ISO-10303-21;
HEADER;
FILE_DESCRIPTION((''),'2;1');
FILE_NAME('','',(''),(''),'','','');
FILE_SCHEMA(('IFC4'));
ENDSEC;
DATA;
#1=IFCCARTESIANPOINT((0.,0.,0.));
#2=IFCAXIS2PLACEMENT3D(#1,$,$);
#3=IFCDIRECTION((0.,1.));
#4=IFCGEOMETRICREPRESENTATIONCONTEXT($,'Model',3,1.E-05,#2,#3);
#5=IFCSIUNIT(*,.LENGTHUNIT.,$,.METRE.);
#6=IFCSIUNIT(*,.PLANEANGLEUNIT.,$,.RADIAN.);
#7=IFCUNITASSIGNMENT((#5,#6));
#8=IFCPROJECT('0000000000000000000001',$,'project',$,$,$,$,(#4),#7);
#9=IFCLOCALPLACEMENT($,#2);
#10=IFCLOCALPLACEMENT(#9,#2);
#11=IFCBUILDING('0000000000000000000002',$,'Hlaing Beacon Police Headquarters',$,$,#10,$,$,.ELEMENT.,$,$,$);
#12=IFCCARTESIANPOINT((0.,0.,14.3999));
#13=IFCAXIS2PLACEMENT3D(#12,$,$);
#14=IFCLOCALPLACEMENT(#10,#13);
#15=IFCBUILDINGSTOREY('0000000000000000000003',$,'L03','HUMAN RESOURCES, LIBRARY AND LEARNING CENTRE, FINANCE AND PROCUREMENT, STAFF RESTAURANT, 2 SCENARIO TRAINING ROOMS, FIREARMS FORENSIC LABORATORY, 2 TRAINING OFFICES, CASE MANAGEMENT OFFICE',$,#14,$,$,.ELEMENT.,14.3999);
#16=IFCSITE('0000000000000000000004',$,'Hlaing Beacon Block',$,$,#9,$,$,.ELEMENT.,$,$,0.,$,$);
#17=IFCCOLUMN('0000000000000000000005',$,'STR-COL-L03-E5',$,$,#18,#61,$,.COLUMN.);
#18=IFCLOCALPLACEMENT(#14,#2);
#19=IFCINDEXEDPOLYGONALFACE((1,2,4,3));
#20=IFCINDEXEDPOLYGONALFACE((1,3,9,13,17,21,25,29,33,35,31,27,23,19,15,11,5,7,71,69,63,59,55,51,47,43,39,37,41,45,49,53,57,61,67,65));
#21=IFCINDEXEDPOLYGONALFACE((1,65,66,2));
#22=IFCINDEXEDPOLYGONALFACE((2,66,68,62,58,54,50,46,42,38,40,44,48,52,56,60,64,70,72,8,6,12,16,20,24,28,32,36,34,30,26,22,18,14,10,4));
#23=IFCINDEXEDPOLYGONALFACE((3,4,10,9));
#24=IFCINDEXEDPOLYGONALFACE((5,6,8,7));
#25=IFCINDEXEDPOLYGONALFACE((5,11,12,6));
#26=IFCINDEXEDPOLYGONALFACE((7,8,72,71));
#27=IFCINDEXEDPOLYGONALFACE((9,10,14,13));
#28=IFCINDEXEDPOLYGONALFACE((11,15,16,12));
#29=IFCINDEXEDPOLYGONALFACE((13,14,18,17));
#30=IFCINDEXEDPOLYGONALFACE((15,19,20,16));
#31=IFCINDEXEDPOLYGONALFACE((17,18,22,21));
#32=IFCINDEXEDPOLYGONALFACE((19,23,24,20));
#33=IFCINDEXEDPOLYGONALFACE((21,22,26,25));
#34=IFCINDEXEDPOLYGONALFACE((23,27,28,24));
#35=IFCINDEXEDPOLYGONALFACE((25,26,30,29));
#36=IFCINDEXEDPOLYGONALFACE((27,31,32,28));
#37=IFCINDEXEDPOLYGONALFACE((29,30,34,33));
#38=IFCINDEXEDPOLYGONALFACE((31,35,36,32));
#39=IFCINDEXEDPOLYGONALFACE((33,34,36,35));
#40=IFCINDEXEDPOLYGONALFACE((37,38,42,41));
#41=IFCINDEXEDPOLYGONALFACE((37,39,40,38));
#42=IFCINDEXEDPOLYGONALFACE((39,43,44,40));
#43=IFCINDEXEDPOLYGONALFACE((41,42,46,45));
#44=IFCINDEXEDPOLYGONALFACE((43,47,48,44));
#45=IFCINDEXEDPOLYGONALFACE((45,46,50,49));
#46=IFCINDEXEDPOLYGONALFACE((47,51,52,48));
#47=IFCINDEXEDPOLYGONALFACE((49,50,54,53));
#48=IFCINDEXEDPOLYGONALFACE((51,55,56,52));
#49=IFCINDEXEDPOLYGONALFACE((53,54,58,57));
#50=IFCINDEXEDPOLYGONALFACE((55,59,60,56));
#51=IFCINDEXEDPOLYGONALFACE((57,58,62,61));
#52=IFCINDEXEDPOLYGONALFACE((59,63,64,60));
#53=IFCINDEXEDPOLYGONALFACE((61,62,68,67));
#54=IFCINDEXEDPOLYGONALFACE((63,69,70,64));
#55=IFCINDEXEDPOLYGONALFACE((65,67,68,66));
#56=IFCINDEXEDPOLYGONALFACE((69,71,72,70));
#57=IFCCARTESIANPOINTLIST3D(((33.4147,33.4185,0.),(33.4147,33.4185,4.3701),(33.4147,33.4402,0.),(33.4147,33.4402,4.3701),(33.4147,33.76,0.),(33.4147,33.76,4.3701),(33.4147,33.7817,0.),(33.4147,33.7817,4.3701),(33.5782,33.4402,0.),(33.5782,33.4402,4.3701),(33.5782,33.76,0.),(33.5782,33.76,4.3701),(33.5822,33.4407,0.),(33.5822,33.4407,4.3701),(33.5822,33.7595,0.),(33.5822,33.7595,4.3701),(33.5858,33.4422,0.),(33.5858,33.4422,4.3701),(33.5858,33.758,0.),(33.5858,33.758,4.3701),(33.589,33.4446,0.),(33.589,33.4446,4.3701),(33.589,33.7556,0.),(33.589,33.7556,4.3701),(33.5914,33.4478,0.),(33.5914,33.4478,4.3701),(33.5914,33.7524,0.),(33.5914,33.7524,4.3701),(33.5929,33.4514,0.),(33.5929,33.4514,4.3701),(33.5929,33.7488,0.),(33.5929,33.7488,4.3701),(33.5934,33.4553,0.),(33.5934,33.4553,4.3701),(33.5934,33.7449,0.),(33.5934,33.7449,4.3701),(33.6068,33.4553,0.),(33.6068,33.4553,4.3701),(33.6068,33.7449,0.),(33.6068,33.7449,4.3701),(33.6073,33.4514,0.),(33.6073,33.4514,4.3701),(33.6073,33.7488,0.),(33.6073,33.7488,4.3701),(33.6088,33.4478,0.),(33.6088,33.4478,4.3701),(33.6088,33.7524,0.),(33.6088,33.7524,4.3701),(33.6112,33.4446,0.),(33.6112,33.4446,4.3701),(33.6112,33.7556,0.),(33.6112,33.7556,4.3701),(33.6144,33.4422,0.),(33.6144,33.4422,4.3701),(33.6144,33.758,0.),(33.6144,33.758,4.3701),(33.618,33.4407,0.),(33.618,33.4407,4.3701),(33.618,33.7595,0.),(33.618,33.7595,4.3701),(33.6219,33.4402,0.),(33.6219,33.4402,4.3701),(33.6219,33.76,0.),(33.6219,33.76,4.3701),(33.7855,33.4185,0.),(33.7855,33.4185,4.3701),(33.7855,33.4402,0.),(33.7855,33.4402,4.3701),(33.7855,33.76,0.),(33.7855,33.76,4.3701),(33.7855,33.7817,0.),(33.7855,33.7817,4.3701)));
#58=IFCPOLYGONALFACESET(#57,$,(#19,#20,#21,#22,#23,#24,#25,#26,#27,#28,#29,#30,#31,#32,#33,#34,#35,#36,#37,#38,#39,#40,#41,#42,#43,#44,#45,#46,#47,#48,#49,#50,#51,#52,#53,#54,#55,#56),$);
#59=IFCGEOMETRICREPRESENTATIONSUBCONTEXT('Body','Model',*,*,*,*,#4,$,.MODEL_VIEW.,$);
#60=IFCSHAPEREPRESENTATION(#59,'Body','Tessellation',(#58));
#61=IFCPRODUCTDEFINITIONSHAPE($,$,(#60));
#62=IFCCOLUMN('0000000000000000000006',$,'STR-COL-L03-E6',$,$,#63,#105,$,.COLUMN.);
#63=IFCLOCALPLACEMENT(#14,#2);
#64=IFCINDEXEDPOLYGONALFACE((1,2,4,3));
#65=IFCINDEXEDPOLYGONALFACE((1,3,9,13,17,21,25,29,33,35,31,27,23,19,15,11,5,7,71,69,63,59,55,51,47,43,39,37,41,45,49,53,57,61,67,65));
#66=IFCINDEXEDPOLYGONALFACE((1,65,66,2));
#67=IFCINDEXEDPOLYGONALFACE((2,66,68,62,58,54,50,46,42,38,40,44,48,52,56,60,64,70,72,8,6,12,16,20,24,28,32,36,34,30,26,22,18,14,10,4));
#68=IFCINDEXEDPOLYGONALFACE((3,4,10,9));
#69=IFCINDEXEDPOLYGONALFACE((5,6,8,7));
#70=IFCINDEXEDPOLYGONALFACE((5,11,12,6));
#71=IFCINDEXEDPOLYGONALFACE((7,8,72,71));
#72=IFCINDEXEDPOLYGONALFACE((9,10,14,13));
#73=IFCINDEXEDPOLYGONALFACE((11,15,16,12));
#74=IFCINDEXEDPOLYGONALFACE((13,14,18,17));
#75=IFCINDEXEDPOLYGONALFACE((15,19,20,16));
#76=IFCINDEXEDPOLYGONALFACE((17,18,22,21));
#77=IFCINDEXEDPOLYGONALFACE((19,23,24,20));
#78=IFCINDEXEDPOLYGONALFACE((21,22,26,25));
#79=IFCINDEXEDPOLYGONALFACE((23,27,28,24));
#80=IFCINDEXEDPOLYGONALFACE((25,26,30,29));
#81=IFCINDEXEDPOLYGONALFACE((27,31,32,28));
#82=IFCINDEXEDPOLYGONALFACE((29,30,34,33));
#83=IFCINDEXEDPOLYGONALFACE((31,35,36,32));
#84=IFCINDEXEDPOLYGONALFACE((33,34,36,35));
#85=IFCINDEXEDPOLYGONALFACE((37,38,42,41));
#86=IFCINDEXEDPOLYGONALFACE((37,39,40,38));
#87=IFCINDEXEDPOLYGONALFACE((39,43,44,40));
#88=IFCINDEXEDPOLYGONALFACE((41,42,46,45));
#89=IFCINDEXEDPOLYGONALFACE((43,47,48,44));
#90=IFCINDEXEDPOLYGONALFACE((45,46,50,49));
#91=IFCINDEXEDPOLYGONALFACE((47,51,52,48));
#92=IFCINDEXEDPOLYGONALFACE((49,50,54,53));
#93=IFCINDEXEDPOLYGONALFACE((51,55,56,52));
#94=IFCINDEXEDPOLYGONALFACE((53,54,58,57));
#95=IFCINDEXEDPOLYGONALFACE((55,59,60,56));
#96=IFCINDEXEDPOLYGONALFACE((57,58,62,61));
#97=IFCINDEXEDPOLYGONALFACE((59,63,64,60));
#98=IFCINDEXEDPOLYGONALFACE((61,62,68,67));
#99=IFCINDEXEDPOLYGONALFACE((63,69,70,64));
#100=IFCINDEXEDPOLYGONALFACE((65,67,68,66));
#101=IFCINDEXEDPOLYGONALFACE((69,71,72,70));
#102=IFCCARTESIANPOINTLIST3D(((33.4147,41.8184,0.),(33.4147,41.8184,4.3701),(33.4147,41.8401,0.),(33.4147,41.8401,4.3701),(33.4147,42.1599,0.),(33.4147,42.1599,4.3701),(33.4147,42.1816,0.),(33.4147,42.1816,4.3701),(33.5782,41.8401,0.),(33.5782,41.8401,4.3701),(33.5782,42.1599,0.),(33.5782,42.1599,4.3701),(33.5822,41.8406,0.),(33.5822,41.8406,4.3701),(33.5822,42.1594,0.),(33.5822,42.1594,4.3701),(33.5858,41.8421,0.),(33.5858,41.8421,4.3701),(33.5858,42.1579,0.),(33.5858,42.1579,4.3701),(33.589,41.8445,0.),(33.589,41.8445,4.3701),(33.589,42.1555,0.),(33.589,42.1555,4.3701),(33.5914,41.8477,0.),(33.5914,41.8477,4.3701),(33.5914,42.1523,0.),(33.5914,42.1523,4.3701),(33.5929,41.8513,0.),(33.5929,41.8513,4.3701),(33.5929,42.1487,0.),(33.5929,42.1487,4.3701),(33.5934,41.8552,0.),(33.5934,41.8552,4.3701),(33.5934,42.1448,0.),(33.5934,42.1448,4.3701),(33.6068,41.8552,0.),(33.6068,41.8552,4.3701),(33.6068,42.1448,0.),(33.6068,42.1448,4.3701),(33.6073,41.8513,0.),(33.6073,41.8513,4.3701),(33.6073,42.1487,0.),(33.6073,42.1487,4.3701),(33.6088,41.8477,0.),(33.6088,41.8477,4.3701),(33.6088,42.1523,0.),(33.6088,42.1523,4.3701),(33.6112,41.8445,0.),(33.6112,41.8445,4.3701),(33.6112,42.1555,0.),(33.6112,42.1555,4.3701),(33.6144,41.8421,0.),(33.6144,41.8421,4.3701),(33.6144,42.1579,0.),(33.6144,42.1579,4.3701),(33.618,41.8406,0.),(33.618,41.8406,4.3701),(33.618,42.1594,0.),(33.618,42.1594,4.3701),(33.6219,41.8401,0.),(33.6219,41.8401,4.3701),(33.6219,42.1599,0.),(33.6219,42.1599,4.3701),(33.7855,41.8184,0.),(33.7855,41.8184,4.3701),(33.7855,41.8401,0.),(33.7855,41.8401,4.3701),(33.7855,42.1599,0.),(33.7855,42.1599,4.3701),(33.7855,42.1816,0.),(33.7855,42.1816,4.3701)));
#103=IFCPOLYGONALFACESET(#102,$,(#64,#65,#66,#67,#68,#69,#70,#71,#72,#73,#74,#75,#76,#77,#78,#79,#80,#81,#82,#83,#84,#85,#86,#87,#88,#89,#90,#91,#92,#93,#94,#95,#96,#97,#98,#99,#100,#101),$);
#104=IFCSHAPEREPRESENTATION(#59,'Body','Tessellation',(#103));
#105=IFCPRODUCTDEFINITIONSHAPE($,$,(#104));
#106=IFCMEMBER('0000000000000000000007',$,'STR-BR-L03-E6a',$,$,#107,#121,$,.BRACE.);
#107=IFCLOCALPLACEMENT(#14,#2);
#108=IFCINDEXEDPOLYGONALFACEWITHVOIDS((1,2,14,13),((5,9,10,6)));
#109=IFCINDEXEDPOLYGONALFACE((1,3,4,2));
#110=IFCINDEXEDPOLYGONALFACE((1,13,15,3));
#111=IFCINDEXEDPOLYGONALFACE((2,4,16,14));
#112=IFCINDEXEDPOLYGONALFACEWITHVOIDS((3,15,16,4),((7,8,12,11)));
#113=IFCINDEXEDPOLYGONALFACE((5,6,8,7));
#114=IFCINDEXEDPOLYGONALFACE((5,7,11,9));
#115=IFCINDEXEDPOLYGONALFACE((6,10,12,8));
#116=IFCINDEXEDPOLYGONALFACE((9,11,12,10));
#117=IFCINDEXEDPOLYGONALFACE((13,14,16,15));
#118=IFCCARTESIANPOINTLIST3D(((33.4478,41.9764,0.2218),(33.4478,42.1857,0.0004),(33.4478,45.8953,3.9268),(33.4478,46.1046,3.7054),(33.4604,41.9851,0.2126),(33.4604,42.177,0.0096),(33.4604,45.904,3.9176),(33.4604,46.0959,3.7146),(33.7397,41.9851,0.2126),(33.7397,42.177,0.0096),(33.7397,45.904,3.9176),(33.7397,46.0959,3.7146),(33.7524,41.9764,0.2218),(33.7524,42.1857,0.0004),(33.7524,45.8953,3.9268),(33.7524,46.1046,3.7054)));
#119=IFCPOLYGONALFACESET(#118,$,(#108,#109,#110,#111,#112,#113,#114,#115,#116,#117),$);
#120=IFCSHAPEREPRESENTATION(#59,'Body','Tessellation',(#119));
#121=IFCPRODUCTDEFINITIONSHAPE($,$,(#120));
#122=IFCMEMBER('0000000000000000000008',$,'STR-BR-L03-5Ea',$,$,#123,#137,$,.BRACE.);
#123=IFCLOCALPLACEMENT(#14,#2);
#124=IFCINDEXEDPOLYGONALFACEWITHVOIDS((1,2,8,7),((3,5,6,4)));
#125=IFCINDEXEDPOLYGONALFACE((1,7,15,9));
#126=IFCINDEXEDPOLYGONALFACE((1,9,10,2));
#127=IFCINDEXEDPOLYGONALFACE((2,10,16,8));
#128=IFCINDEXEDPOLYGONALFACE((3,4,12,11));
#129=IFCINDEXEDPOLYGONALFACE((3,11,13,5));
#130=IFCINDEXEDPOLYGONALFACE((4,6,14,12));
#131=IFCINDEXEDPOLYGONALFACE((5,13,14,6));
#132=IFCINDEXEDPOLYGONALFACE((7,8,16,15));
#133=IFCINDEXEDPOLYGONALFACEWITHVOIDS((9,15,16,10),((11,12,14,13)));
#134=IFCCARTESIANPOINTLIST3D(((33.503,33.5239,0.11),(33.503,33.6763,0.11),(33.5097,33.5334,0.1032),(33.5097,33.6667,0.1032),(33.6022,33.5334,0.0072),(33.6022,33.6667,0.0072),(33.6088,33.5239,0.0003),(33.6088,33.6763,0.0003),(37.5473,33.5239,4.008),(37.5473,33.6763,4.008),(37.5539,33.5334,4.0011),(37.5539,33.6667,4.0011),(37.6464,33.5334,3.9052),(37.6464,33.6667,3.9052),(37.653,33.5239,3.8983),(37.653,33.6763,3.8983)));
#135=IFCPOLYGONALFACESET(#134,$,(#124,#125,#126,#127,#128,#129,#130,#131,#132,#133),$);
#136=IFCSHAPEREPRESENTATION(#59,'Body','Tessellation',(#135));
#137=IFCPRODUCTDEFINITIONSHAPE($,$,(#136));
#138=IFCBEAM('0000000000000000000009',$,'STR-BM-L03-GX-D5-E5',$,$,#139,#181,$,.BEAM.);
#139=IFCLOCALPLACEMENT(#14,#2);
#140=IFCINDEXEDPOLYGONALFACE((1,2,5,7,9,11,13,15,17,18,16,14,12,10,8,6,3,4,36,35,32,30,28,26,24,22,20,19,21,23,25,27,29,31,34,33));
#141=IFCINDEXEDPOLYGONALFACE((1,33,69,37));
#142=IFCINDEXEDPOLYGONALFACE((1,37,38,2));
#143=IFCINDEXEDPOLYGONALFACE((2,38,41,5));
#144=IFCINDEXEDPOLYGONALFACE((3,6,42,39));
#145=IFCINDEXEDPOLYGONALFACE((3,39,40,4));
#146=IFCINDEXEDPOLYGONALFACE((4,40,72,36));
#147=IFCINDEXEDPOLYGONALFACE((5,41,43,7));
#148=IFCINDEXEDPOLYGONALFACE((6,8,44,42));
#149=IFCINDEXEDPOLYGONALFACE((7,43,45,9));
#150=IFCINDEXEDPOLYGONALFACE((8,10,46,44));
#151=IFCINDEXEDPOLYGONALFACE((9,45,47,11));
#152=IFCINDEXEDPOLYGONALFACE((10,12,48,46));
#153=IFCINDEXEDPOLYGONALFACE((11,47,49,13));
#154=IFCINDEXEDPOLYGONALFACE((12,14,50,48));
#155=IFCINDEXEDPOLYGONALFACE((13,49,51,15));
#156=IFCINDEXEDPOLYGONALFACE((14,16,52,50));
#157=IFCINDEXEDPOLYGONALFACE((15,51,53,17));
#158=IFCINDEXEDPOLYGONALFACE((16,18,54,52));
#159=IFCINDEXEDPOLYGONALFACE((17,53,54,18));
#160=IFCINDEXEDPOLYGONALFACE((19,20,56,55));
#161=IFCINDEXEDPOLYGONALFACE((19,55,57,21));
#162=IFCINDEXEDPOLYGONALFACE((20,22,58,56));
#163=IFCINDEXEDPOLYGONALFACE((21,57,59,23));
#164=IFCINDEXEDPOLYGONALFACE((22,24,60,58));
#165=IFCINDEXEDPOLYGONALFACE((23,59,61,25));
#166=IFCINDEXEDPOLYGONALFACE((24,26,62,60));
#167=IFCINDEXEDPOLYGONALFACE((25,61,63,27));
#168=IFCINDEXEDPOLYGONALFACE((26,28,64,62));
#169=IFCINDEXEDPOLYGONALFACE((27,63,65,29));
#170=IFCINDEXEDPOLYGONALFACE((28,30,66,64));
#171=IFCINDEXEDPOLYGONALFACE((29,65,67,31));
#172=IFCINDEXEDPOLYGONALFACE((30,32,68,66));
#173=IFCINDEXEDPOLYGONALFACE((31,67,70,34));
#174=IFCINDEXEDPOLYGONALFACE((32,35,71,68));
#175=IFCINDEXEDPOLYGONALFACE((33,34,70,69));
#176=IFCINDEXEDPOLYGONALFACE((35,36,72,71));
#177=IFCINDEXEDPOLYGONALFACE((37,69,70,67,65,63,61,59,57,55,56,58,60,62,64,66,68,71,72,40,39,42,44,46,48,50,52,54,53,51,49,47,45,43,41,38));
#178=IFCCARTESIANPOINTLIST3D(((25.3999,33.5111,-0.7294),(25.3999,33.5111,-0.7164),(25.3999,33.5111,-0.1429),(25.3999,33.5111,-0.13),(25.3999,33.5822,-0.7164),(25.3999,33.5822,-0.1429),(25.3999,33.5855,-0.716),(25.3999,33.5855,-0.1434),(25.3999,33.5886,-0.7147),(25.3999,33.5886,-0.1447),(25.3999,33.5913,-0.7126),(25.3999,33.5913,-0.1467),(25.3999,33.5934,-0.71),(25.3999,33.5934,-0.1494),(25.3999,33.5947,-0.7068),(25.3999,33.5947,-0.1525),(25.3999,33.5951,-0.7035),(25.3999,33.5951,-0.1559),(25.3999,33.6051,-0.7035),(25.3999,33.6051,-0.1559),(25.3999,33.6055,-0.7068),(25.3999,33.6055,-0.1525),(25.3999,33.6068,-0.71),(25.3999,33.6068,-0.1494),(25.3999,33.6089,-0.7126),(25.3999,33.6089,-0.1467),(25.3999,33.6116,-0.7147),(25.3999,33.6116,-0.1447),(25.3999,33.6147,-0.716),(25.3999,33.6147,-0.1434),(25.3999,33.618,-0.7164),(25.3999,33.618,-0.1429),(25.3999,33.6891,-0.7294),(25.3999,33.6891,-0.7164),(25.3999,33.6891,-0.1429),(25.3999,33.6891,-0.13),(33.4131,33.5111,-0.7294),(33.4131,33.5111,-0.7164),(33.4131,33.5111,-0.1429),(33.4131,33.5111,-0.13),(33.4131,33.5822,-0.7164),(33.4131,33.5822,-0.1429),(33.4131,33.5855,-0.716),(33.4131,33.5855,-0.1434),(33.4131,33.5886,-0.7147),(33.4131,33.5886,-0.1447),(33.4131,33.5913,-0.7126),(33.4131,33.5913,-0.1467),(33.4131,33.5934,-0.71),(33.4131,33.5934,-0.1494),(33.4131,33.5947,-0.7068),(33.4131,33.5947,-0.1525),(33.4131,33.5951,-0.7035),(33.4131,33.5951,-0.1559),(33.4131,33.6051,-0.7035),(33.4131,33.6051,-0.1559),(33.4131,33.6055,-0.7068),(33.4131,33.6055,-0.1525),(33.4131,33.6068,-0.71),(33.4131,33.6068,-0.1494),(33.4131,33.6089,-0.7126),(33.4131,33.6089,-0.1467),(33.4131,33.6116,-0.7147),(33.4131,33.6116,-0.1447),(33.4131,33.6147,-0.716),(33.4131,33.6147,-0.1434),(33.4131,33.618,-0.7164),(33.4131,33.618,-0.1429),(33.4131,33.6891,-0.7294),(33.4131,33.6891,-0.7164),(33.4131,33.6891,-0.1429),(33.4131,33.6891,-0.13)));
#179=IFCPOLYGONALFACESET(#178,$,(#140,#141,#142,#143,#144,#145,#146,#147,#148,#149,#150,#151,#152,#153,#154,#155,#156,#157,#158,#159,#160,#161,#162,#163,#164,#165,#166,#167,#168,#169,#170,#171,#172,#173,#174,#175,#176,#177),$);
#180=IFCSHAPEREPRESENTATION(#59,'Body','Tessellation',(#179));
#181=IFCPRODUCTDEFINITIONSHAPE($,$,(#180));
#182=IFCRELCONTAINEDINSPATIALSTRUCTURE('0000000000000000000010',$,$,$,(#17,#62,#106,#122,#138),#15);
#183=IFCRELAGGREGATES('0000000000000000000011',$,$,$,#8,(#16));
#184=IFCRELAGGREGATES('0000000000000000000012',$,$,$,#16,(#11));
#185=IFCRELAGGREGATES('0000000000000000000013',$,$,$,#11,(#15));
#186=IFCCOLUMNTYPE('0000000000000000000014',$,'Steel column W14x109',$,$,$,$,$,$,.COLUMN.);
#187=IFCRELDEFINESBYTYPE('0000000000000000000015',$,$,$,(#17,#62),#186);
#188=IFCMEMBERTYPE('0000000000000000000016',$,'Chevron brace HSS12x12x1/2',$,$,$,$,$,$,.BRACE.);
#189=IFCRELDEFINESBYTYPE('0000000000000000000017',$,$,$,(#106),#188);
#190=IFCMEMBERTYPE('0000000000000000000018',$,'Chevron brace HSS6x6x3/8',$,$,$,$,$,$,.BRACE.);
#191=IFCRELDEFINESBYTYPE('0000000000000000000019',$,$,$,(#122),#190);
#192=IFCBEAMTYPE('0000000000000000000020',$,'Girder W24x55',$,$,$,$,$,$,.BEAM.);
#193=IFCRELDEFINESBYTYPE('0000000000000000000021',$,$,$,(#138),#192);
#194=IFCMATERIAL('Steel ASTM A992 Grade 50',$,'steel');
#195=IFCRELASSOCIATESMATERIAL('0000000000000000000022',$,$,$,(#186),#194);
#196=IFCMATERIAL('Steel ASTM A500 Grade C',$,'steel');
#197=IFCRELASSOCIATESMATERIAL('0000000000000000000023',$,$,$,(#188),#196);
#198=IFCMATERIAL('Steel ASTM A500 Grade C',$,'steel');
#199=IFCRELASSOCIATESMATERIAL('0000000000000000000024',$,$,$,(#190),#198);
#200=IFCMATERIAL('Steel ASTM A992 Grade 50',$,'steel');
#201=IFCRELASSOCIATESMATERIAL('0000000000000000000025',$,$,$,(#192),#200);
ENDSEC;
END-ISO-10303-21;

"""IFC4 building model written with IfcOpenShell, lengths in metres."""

from ifc_helpers import new_model, si_unit, direction, frame, origin, origin_2d, place, context, subcontext, project, spatial, hollow_rectangle, i_section, extrude, material, material_profile, profile_set, type_object, element, save


model = new_model("IFC4")

# Units and contexts
model_context = context("Model", 3, precision=1e-05, world=origin(), true_north=direction((0.0, 1.0)))
body_context = subcontext(model_context, "Body", "Model", "MODEL_VIEW")
ifc_project = project(units=[si_unit("LENGTHUNIT", "METRE"), si_unit("PLANEANGLEUNIT", "RADIAN")], contexts=[model_context])

# Site, building, storey
site_placement = place(None, origin())
site = spatial("IfcSite", under=ifc_project, at=site_placement, Name="Hlaing Beacon Block", CompositionType="ELEMENT", RefElevation=0.0)
building_placement = place(site_placement, origin())
building = spatial("IfcBuilding", under=site, at=building_placement, Name="Hlaing Beacon Police Headquarters", CompositionType="ELEMENT")
storey_placement = place(building_placement, frame((0.0, 0.0, 14.3999)))
storey = spatial("IfcBuildingStorey", under=building, at=storey_placement, Name="L03", Description="HUMAN RESOURCES, LIBRARY AND LEARNING CENTRE, FINANCE AND PROCUREMENT, STAFF RESTAURANT, 2 SCENARIO TRAINING ROOMS, FIREARMS FORENSIC LABORATORY, 2 TRAINING OFFICES, CASE MANAGEMENT OFFICE", CompositionType="ELEMENT", Elevation=14.3999)

# Columns
ifc_material_1 = material(Name="Steel ASTM A992 Grade 50", Category="steel")
ifc_material_profile_1 = material_profile(ifc_material_1, i_section(OverallWidth=0.3708, OverallDepth=0.3633, WebThickness=0.0134, FlangeThickness=0.0217, FilletRadius=0.0151, at=origin_2d()), Name="W14x109")
ifc_profile_set_1 = profile_set([ifc_material_profile_1], Name="Steel ASTM A992 Grade 50")
column_type = type_object("IfcColumnType", Name="Steel column W14x109", PredefinedType="COLUMN", material=ifc_profile_set_1)
for number, where, z_axis, x_axis, name in (
    (1, (33.6001, 33.6001, 0.0), (0.0, 0.0, 1.0), (1.0, 0.0, 0.0), "STR-COL-L03-E5"),
    (2, (33.6001, 42.0, 0.0), (0.0, 0.0, 1.0), (1.0, 0.0, 0.0), "STR-COL-L03-E6"),
):
    element("IfcColumn", number, at=place(storey_placement, frame(where, z_axis=z_axis, x_axis=x_axis)), inside=storey, type_object=column_type, Name=name, PredefinedType="COLUMN", context=body_context, shape_type="SweptSolid", body=[
        extrude(i_section(OverallWidth=0.3708, OverallDepth=0.3633, WebThickness=0.0134, FlangeThickness=0.0217, FilletRadius=0.0151, at=origin_2d()), origin(), (0.0, 0.0, 1.0), 4.3701),
    ])

# Members
ifc_material_2 = material(Name="Steel ASTM A500 Grade C", Category="steel")
ifc_material_profile_2 = material_profile(ifc_material_2, hollow_rectangle(XDim=0.3047, YDim=0.3047, WallThickness=0.0127, at=origin_2d()), Name="HSS12x12x1/2")
ifc_profile_set_2 = profile_set([ifc_material_profile_2], Name="Steel ASTM A500 Grade C")
member_type_1 = type_object("IfcMemberType", Name="Chevron brace HSS12x12x1/2", PredefinedType="BRACE", material=ifc_profile_set_2)
member_1_placement = place(storey_placement, frame((33.6001, 42.0811, 0.1111), z_axis=(0.0, 0.726657, 0.687001), x_axis=(-1.0, 0.0, 0.0)))
element("IfcMember", 3, at=member_1_placement, inside=storey, type_object=member_type_1, Name="STR-BR-L03-E6a", PredefinedType="BRACE", context=body_context, shape_type="SweptSolid", body=[
    extrude(hollow_rectangle(XDim=0.3047, YDim=0.3047, WallThickness=0.0127, at=origin_2d()), origin(), (0.0, 0.0, 1.0), 5.3931),
])
ifc_material_3 = material(Name="Steel ASTM A500 Grade C", Category="steel")
ifc_material_profile_3 = material_profile(ifc_material_3, hollow_rectangle(XDim=0.1523, YDim=0.1523, WallThickness=0.0095, at=origin_2d()), Name="HSS6x6x3/8")
ifc_profile_set_3 = profile_set([ifc_material_profile_3], Name="Steel ASTM A500 Grade C")
member_type_2 = type_object("IfcMemberType", Name="Chevron brace HSS6x6x3/8", PredefinedType="BRACE", material=ifc_profile_set_3)
member_2_placement = place(storey_placement, frame((33.5559, 33.6001, 0.0552), z_axis=(0.720005, 0.0, 0.693969), x_axis=(0.0, 1.0, 0.0)))
element("IfcMember", 4, at=member_2_placement, inside=storey, type_object=member_type_2, Name="STR-BR-L03-5Ea", PredefinedType="BRACE", context=body_context, shape_type="SweptSolid", body=[
    extrude(hollow_rectangle(XDim=0.1523, YDim=0.1523, WallThickness=0.0095, at=origin_2d()), origin(), (0.0, 0.0, 1.0), 5.6169),
])

# Beam
ifc_material_4 = material(Name="Steel ASTM A992 Grade 50", Category="steel")
ifc_material_profile_4 = material_profile(ifc_material_4, i_section(OverallWidth=0.178, OverallDepth=0.5994, WebThickness=0.01, FlangeThickness=0.0129, FilletRadius=0.0129, at=origin_2d()), Name="W24x55")
ifc_profile_set_4 = profile_set([ifc_material_profile_4], Name="Steel ASTM A992 Grade 50")
beam_type_1 = type_object("IfcBeamType", Name="Girder W24x55", PredefinedType="BEAM", material=ifc_profile_set_4)
for number, where, z_axis, x_axis, name in (
    (5, (25.3999, 33.6001, -0.4297), (1.0, 0.0, 0.0), (0.0, 1.0, 0.0), "STR-BM-L03-GX-D5-E5"),
):
    element("IfcBeam", number, at=place(storey_placement, frame(where, z_axis=z_axis, x_axis=x_axis)), inside=storey, type_object=beam_type_1, Name=name, PredefinedType="BEAM", context=body_context, shape_type="SweptSolid", body=[
        extrude(i_section(OverallWidth=0.178, OverallDepth=0.5994, WebThickness=0.01, FlangeThickness=0.0129, FilletRadius=0.0129, at=origin_2d()), origin(), (0.0, 0.0, 1.0), 8.0132),
    ])

save(model, "model.ifc")
